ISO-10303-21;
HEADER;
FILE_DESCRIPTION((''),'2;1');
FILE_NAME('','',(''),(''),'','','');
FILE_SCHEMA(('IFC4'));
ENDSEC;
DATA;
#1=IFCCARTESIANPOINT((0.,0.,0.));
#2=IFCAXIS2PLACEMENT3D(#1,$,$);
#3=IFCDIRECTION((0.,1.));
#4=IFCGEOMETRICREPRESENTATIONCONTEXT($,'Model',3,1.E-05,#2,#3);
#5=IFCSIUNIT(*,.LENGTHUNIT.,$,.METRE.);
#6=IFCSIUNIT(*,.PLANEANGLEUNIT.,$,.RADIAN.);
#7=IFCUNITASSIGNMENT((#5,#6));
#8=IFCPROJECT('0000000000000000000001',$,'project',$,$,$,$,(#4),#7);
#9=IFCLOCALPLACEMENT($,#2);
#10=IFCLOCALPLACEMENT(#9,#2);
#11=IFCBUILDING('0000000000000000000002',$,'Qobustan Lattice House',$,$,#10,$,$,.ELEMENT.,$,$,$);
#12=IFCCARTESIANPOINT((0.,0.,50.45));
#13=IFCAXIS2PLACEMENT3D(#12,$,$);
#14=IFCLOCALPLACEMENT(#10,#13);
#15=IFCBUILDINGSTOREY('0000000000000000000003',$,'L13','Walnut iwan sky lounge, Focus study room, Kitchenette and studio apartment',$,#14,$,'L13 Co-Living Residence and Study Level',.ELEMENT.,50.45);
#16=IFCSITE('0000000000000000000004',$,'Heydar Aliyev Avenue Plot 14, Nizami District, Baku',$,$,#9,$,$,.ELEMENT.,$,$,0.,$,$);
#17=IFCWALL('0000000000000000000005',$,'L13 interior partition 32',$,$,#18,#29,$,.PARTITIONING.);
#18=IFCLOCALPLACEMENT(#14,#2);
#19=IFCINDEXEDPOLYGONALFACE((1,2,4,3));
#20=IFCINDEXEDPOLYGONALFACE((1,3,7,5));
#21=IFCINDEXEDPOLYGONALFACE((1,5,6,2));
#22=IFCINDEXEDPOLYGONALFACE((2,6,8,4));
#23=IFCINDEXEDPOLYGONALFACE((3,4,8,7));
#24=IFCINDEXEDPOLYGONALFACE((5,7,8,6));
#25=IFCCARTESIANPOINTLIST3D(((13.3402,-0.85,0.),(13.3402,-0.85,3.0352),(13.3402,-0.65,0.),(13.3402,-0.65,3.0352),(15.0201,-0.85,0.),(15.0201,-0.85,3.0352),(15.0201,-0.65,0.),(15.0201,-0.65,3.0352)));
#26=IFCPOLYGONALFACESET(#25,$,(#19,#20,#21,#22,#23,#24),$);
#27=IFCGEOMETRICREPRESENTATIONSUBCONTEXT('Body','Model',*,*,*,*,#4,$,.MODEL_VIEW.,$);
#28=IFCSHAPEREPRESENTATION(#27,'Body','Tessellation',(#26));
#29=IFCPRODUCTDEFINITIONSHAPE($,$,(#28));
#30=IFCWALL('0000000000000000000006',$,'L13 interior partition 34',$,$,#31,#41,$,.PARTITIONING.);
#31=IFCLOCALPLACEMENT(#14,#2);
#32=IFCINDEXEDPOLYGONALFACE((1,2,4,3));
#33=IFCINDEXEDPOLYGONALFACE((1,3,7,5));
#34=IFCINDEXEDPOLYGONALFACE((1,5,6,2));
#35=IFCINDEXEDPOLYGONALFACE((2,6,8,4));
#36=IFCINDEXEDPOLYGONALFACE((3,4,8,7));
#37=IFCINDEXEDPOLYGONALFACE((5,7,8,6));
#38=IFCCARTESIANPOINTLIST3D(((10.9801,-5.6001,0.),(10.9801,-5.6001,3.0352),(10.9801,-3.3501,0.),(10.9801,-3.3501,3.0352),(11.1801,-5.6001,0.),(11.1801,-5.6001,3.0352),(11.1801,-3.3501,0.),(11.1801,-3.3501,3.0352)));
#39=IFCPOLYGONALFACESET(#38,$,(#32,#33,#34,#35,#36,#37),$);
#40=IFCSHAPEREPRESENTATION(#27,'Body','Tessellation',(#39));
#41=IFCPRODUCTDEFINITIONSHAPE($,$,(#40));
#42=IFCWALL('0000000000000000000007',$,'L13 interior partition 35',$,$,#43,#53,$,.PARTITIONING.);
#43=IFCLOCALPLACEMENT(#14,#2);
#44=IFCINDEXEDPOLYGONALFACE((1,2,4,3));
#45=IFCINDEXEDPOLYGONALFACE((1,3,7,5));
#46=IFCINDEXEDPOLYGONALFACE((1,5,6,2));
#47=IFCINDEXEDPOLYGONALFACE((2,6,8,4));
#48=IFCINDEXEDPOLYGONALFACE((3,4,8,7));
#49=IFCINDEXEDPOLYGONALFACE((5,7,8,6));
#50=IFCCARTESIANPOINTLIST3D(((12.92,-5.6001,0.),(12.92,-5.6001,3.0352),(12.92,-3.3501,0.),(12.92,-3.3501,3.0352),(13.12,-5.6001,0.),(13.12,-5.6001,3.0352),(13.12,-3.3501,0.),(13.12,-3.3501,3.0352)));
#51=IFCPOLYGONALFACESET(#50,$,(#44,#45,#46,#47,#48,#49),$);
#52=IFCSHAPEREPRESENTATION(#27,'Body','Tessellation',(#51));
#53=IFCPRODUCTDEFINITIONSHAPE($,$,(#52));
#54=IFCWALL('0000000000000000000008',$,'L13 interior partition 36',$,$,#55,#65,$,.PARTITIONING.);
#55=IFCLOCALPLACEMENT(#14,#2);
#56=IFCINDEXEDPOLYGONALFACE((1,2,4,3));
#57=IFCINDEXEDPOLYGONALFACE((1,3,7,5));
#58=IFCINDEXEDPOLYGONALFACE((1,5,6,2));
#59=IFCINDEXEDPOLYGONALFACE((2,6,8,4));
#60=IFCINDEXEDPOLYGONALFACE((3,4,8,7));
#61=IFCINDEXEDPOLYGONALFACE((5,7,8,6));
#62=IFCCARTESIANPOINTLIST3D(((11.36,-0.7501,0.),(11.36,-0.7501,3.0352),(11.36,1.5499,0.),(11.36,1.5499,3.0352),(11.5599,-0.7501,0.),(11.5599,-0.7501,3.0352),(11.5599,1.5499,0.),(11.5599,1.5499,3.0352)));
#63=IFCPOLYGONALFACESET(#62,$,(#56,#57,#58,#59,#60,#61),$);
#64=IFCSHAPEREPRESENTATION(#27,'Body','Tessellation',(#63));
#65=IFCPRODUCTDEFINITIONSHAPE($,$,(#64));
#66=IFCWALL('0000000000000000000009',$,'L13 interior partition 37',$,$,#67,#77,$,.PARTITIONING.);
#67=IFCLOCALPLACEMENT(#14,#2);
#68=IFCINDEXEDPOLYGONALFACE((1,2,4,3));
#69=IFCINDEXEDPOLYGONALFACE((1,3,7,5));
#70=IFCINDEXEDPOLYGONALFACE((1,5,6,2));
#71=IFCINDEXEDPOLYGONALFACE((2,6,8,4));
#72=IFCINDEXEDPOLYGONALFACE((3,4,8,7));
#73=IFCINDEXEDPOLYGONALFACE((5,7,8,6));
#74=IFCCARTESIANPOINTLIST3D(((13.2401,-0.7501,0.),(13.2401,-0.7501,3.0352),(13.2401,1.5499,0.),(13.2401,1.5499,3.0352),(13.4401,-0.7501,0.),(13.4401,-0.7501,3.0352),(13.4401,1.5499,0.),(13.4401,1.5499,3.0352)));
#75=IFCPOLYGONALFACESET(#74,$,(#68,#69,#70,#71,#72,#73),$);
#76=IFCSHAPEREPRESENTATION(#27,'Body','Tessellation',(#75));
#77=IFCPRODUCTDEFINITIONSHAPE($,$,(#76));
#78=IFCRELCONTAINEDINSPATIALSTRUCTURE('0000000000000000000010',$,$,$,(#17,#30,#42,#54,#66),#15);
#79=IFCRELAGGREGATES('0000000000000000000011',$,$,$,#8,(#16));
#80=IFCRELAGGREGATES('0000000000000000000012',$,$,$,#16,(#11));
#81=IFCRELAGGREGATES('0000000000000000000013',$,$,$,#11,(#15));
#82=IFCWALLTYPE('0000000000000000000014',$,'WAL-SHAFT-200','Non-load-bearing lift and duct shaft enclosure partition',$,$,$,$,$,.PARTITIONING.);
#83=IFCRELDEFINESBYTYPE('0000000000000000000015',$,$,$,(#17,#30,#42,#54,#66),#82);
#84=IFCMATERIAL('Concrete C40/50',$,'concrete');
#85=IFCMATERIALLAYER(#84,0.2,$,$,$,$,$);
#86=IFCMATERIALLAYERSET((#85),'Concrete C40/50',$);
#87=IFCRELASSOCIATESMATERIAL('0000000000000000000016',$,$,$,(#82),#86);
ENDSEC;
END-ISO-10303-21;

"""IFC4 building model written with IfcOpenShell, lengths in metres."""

from ifc_helpers import new_model, si_unit, direction, frame, frame_2d, origin, place, context, subcontext, project, spatial, rectangle, extrude, material, layer, layer_set, type_object, element, save


model = new_model("IFC4")

# Units and contexts
model_context = context("Model", 3, precision=1e-05, world=origin(), true_north=direction((0.0, 1.0)))
body_context = subcontext(model_context, "Body", "Model", "MODEL_VIEW")
ifc_project = project(units=[si_unit("LENGTHUNIT", "METRE"), si_unit("PLANEANGLEUNIT", "RADIAN")], contexts=[model_context])

# Site, building, storey
site_placement = place(None, origin())
site = spatial("IfcSite", under=ifc_project, at=site_placement, Name="Heydar Aliyev Avenue Plot 14, Nizami District, Baku", CompositionType="ELEMENT", RefElevation=0.0)
building_placement = place(site_placement, origin())
building = spatial("IfcBuilding", under=site, at=building_placement, Name="Qobustan Lattice House", CompositionType="ELEMENT")
storey_placement = place(building_placement, frame((0.0, 0.0, 50.45)))
storey = spatial("IfcBuildingStorey", under=building, at=storey_placement, Name="L13", Description="Walnut iwan sky lounge, Focus study room, Kitchenette and studio apartment", LongName="L13 Co-Living Residence and Study Level", CompositionType="ELEMENT", Elevation=50.45)

# Walls
ifc_material_1 = material(Name="Concrete C40/50", Category="concrete")
ifc_layer_1 = layer(ifc_material_1, 0.2)
ifc_layer_set_1 = layer_set([ifc_layer_1], Name="Concrete C40/50")
wall_type_1 = type_object("IfcWallType", Name="WAL-SHAFT-200", Description="Non-load-bearing lift and duct shaft enclosure partition", PredefinedType="PARTITIONING", material=ifc_layer_set_1)
wall_1_placement = place(storey_placement, frame((15.02, -0.75, 0.0), z_axis=(0.0, 0.0, 1.0), x_axis=(-1.0, 0.0, 0.0)))
element("IfcWall", 1, at=wall_1_placement, inside=storey, type_object=wall_type_1, Name="L13 interior partition 32", PredefinedType="PARTITIONING", context=body_context, shape_type="SweptSolid", body=[
    extrude(rectangle(XDim=1.6799, YDim=0.2, at=frame_2d((0.8398, 0.0))), origin(), (0.0, 0.0, 1.0), 3.0352),
])
for number, where, z_axis, x_axis, name in (
    (2, (11.0801, -5.6001, 0.0), (0.0, 0.0, 1.0), (0.0, 1.0, 0.0), "L13 interior partition 34"),
    (3, (13.02, -5.6001, 0.0), (0.0, 0.0, 1.0), (0.0, 1.0, 0.0), "L13 interior partition 35"),
):
    element("IfcWall", number, at=place(storey_placement, frame(where, z_axis=z_axis, x_axis=x_axis)), inside=storey, type_object=wall_type_1, Name=name, PredefinedType="PARTITIONING", context=body_context, shape_type="SweptSolid", body=[
        extrude(rectangle(XDim=2.25, YDim=0.2, at=frame_2d((1.125, 0.0))), origin(), (0.0, 0.0, 1.0), 3.0352),
    ])
for number, where, z_axis, x_axis, name in (
    (4, (11.46, -0.75, 0.0), (0.0, 0.0, 1.0), (0.0, 1.0, 0.0), "L13 interior partition 36"),
    (5, (13.3401, -0.75, 0.0), (0.0, 0.0, 1.0), (0.0, 1.0, 0.0), "L13 interior partition 37"),
):
    element("IfcWall", number, at=place(storey_placement, frame(where, z_axis=z_axis, x_axis=x_axis)), inside=storey, type_object=wall_type_1, Name=name, PredefinedType="PARTITIONING", context=body_context, shape_type="SweptSolid", body=[
        extrude(rectangle(XDim=2.3, YDim=0.2, at=frame_2d((1.1499, 0.0))), origin(), (0.0, 0.0, 1.0), 3.0352),
    ])

save(model, "model.ifc")
